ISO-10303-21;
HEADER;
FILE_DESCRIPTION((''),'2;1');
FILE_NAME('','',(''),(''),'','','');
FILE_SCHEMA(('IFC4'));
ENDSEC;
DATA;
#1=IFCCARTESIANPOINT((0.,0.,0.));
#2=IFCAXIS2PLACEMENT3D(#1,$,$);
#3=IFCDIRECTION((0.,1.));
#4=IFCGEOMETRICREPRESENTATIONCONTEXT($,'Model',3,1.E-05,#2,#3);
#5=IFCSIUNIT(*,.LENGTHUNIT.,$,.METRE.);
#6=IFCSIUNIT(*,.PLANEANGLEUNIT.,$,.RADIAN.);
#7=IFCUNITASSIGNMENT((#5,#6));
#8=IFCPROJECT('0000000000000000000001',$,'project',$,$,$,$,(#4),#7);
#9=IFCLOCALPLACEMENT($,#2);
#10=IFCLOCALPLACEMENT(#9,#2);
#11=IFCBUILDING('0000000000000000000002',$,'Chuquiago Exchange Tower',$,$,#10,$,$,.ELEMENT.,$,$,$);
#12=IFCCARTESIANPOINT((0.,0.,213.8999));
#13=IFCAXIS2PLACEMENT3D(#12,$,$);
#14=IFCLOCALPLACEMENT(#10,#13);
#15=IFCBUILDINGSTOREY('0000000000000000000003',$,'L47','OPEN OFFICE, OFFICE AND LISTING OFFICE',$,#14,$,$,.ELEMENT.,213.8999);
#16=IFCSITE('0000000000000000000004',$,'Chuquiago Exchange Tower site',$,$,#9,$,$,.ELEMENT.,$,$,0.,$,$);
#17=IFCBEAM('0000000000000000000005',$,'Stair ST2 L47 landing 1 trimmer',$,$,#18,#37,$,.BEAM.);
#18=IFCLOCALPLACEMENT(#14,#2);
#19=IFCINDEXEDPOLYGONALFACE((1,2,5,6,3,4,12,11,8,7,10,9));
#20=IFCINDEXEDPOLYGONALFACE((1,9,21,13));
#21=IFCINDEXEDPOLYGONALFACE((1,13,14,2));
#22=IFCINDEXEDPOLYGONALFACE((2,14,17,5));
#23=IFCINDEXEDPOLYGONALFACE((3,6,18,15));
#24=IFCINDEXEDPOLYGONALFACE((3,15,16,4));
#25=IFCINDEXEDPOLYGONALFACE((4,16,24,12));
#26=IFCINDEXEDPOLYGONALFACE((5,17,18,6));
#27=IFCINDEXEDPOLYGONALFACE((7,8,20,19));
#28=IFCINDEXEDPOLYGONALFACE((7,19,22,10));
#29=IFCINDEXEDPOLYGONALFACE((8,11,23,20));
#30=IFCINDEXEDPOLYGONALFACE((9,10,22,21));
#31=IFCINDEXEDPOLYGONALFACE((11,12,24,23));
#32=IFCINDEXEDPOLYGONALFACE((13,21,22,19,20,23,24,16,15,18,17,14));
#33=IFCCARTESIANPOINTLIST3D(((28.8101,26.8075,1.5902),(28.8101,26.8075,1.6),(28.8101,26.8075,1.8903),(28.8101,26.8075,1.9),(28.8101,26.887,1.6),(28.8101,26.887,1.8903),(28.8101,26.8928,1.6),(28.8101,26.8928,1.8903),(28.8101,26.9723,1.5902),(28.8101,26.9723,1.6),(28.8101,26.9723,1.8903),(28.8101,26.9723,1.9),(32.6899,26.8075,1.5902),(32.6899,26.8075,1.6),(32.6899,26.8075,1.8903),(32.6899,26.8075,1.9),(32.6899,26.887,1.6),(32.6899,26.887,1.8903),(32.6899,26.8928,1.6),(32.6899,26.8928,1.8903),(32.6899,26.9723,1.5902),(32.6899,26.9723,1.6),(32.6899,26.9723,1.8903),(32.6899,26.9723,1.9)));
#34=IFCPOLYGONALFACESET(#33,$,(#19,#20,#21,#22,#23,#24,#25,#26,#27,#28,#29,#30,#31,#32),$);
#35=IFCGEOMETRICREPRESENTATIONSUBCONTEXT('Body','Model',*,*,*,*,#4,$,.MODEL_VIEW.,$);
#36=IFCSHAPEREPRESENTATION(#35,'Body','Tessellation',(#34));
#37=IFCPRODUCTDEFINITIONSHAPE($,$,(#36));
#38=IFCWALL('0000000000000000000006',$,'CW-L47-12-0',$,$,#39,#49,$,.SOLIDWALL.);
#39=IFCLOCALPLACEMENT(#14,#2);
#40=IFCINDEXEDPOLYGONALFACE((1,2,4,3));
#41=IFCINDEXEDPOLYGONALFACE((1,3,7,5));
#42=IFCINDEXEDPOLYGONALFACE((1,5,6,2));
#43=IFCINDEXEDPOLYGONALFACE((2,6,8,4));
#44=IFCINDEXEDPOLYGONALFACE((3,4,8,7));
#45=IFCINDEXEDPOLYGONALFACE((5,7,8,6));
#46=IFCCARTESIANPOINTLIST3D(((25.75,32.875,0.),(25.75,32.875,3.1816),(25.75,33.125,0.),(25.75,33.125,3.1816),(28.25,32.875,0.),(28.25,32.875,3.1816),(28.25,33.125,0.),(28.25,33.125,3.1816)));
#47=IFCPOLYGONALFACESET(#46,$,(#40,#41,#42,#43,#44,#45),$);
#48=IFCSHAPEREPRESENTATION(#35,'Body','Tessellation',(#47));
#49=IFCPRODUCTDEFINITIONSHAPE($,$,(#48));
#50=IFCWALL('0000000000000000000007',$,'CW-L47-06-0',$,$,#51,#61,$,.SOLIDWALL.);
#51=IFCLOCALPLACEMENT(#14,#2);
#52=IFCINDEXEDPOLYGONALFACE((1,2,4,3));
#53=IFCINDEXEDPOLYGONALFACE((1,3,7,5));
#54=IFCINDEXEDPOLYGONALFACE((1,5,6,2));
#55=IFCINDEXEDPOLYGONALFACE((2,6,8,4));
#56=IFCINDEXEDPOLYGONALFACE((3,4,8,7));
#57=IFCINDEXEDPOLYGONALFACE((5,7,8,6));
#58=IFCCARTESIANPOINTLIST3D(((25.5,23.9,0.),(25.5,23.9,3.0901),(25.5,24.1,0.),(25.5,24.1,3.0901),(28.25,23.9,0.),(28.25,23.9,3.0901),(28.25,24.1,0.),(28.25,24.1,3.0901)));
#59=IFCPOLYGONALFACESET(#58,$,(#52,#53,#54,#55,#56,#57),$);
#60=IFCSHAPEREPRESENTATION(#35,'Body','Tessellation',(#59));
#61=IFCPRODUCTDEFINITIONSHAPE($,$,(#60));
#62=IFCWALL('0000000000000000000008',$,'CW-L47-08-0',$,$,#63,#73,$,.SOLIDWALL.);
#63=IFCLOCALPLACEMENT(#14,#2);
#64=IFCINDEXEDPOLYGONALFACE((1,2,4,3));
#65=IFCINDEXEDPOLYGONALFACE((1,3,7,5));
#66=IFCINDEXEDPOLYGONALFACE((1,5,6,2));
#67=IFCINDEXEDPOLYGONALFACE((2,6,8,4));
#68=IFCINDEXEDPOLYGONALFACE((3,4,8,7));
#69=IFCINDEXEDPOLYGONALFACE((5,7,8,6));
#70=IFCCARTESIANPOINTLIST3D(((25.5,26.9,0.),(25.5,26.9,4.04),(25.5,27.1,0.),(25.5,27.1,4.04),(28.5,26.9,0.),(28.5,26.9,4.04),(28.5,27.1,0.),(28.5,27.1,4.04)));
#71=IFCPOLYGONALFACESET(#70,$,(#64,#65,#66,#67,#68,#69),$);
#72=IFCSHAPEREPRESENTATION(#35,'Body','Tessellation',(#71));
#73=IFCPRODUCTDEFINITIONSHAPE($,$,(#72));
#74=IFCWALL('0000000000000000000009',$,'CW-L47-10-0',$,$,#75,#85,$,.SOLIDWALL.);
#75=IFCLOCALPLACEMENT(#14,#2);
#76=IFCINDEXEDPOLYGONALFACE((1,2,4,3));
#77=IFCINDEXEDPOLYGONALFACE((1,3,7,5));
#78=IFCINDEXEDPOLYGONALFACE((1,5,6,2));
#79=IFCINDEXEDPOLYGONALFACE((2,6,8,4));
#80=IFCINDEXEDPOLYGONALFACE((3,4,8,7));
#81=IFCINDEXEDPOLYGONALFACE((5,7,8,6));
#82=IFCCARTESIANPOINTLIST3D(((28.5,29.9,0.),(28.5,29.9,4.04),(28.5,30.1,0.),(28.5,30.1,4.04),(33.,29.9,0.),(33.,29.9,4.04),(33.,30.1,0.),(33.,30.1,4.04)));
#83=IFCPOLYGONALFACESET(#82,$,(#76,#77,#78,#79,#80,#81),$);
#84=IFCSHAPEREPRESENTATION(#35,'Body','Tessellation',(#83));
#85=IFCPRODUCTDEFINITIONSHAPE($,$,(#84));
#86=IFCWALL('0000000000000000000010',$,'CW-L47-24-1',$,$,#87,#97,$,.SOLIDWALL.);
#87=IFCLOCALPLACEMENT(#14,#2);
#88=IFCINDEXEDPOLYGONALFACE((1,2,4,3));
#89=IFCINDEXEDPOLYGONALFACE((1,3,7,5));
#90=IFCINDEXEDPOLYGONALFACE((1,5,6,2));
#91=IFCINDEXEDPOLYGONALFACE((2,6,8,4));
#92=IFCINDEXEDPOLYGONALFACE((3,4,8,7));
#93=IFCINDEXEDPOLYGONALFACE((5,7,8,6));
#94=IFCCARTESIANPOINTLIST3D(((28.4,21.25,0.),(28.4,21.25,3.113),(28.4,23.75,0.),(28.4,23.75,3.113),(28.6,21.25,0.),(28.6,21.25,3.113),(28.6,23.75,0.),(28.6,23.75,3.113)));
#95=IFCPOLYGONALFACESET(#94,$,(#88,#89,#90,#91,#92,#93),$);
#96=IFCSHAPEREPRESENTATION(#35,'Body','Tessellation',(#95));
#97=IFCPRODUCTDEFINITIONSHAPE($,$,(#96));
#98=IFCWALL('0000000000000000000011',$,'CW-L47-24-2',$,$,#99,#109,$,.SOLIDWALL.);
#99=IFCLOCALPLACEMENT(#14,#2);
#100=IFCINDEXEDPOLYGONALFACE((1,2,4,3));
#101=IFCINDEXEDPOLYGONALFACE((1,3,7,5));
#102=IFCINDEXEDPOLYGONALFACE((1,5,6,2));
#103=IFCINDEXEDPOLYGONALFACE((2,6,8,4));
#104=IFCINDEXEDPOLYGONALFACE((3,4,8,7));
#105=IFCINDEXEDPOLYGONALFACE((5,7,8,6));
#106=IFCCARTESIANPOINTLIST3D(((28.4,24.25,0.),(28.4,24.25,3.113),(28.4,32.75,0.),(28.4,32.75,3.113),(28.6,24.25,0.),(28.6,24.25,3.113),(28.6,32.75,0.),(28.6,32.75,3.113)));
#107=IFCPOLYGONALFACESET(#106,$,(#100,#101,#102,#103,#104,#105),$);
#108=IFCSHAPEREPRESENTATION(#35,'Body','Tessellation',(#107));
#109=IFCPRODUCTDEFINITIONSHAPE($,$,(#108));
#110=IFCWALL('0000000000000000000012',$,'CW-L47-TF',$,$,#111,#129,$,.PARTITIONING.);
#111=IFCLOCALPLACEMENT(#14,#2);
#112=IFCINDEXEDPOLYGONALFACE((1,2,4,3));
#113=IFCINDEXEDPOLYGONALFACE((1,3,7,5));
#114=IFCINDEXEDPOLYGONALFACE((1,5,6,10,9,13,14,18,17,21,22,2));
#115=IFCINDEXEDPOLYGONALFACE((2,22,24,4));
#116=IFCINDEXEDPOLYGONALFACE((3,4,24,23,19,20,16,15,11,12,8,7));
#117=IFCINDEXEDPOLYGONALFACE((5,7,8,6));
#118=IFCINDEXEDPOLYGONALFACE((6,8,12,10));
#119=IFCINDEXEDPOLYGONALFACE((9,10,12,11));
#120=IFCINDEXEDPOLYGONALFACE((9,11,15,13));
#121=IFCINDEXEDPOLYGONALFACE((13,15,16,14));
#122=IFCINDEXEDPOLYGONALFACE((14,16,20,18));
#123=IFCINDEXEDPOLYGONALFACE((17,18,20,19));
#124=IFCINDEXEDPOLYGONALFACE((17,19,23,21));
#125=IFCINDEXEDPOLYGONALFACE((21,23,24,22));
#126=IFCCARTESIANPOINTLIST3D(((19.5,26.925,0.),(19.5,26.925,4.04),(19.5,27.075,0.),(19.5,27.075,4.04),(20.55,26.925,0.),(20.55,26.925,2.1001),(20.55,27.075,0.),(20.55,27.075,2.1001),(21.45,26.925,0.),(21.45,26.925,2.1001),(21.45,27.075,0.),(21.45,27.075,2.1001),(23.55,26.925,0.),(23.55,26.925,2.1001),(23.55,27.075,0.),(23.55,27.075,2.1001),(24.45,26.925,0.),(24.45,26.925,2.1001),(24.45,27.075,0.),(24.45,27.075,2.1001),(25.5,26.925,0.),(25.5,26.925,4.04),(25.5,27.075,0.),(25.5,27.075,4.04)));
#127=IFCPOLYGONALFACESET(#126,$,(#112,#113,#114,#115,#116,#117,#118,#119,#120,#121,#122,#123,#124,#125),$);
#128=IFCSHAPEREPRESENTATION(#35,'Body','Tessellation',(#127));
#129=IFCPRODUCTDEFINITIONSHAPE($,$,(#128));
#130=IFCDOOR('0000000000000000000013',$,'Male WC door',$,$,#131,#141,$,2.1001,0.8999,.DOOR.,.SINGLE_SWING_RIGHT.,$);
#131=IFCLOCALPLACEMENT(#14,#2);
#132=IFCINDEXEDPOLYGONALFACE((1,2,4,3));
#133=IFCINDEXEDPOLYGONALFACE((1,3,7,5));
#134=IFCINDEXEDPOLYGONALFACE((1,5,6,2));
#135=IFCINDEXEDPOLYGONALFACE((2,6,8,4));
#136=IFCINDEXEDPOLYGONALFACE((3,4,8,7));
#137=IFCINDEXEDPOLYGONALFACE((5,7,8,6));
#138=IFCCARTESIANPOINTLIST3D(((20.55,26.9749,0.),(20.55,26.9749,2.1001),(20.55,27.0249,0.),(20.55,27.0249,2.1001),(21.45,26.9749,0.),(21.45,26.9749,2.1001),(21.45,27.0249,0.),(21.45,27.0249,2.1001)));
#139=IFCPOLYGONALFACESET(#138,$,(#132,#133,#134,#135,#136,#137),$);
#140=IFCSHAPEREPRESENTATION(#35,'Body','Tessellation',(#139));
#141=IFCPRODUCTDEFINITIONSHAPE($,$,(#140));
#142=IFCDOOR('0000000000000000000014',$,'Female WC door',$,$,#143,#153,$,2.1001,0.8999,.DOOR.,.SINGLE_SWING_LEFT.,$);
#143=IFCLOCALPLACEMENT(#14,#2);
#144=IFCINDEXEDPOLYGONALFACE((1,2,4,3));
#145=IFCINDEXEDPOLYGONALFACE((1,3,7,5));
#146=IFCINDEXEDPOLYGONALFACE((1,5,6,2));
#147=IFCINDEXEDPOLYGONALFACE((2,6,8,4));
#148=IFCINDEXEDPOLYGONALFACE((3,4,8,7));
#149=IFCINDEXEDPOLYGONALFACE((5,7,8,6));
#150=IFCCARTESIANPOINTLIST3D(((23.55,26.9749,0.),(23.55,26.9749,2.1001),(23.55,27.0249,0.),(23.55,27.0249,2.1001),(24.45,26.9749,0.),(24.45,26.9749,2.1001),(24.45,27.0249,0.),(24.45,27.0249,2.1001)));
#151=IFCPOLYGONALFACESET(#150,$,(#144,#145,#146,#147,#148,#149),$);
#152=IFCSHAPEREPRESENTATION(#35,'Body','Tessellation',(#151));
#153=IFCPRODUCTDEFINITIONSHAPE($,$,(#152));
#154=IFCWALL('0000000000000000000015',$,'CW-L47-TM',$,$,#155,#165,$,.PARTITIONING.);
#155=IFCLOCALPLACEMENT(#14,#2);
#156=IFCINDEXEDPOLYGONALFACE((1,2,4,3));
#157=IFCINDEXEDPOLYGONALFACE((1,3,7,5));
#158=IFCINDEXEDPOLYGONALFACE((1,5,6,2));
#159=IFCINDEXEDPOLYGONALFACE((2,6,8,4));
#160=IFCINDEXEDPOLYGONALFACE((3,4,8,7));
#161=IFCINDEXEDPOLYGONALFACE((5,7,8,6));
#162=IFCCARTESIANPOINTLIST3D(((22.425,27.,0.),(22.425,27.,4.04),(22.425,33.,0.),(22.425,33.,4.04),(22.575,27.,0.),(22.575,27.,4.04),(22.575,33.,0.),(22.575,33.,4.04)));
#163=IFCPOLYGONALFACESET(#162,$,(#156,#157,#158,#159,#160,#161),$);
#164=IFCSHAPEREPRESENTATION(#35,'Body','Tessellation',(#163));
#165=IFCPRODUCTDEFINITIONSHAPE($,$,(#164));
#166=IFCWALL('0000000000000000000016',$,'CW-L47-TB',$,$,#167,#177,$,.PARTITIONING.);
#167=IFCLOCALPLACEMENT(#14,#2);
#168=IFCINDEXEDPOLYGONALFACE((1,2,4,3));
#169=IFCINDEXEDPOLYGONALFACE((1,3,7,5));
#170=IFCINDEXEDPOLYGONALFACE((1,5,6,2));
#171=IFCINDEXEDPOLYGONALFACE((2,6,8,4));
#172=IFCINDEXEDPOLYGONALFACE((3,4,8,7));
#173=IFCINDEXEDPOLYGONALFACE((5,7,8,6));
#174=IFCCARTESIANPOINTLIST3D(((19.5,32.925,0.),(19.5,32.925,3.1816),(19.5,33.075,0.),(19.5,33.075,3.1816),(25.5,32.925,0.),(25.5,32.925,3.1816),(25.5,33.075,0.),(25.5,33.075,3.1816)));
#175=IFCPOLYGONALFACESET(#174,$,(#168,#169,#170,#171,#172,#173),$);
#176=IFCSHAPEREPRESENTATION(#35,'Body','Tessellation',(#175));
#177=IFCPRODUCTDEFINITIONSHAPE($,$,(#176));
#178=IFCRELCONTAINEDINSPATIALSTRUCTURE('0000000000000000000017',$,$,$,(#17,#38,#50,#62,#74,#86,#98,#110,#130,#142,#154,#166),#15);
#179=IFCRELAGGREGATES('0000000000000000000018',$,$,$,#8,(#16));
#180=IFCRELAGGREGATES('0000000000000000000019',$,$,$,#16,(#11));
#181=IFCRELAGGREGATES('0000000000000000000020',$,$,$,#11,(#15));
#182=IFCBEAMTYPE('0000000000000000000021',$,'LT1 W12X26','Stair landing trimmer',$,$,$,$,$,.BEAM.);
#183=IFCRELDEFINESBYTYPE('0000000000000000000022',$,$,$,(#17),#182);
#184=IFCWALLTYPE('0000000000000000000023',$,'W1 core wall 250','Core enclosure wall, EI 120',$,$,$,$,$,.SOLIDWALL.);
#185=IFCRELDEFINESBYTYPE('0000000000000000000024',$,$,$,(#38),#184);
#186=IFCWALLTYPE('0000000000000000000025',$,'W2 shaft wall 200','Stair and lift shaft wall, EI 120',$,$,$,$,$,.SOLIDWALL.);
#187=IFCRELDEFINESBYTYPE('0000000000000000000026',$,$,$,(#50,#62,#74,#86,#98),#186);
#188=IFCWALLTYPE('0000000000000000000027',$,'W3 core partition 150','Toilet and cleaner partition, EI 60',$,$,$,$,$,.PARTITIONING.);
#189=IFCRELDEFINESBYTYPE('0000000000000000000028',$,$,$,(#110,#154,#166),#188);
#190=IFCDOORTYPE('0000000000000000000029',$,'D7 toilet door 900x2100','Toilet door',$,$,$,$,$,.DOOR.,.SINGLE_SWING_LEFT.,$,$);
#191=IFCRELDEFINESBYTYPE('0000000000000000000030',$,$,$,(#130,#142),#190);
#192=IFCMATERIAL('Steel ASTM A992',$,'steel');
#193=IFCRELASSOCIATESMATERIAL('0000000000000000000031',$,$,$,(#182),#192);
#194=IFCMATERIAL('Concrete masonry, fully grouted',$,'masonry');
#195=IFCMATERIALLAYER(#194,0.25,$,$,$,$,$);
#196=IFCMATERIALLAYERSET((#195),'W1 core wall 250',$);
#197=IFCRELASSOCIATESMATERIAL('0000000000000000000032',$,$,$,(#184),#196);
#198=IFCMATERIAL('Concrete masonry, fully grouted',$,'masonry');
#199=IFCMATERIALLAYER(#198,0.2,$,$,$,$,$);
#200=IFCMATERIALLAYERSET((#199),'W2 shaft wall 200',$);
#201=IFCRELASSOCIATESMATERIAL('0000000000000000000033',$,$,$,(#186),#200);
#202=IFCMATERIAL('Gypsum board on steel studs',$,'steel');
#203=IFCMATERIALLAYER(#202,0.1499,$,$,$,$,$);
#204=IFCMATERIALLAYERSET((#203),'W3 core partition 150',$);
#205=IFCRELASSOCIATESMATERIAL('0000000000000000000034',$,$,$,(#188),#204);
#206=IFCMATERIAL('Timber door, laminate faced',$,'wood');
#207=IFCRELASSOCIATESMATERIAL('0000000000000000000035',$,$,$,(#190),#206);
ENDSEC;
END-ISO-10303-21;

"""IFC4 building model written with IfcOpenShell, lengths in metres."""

from ifc_helpers import new_model, si_unit, direction, frame, frame_2d, origin, origin_2d, place, context, subcontext, project, spatial, rectangle, i_section, extrude, material, layer, layer_set, material_profile, profile_set, type_object, element, fill, save


model = new_model("IFC4")

# Units and contexts
model_context = context("Model", 3, precision=1e-05, world=origin(), true_north=direction((0.0, 1.0)))
body_context = subcontext(model_context, "Body", "Model", "MODEL_VIEW")
ifc_project = project(units=[si_unit("LENGTHUNIT", "METRE"), si_unit("PLANEANGLEUNIT", "RADIAN")], contexts=[model_context])

# Site, building, storey
site_placement = place(None, origin())
site = spatial("IfcSite", under=ifc_project, at=site_placement, Name="Chuquiago Exchange Tower site", CompositionType="ELEMENT", RefElevation=0.0)
building_placement = place(site_placement, origin())
building = spatial("IfcBuilding", under=site, at=building_placement, Name="Chuquiago Exchange Tower", CompositionType="ELEMENT")
storey_placement = place(building_placement, frame((0.0, 0.0, 213.8999)))
storey = spatial("IfcBuildingStorey", under=building, at=storey_placement, Name="L47", Description="OPEN OFFICE, OFFICE AND LISTING OFFICE", CompositionType="ELEMENT", Elevation=213.8999)

# Beam
ifc_material_1 = material(Name="Steel ASTM A992", Category="steel")
ifc_material_profile_1 = material_profile(ifc_material_1, i_section(OverallWidth=0.1648, OverallDepth=0.3098, WebThickness=0.0059, FlangeThickness=0.0098, at=origin_2d()), Name="W12X26")
ifc_profile_set_1 = profile_set([ifc_material_profile_1], Name="Steel ASTM A992")
beam_type_1 = type_object("IfcBeamType", Name="LT1 W12X26", Description="Stair landing trimmer", PredefinedType="BEAM", material=ifc_profile_set_1)
for number, where, z_axis, x_axis, name in (
    (1, (28.8101, 26.8899, 1.7451), (1.0, 0.0, 0.0), (0.0, 1.0, 0.0), "Stair ST2 L47 landing 1 trimmer"),
):
    element("IfcBeam", number, at=place(storey_placement, frame(where, z_axis=z_axis, x_axis=x_axis)), inside=storey, type_object=beam_type_1, Name=name, PredefinedType="BEAM", context=body_context, shape_type="SweptSolid", body=[
        extrude(i_section(OverallWidth=0.1648, OverallDepth=0.3098, WebThickness=0.0059, FlangeThickness=0.0098, at=origin_2d()), origin(), (0.0, 0.0, 1.0), 3.8799),
    ])

# Walls
ifc_material_2 = material(Name="Concrete masonry, fully grouted", Category="masonry")
ifc_layer_1 = layer(ifc_material_2, 0.25)
ifc_layer_set_1 = layer_set([ifc_layer_1], Name="W1 core wall 250")
wall_type_1 = type_object("IfcWallType", Name="W1 core wall 250", Description="Core enclosure wall, EI 120", PredefinedType="SOLIDWALL", material=ifc_layer_set_1)
wall_1_placement = place(storey_placement, frame((25.75, 33.0, 0.0), z_axis=(0.0, 0.0, 1.0), x_axis=(1.0, 0.0, 0.0)))
element("IfcWall", 2, at=wall_1_placement, inside=storey, type_object=wall_type_1, Name="CW-L47-12-0", PredefinedType="SOLIDWALL", context=body_context, shape_type="SweptSolid", body=[
    extrude(rectangle(XDim=2.5, YDim=0.25, at=frame_2d((1.25, 0.0))), origin(), (0.0, 0.0, 1.0), 3.1816),
])
ifc_material_3 = material(Name="Concrete masonry, fully grouted", Category="masonry")
ifc_layer_2 = layer(ifc_material_3, 0.2)
ifc_layer_set_2 = layer_set([ifc_layer_2], Name="W2 shaft wall 200")
wall_type_2 = type_object("IfcWallType", Name="W2 shaft wall 200", Description="Stair and lift shaft wall, EI 120", PredefinedType="SOLIDWALL", material=ifc_layer_set_2)
wall_2_placement = place(storey_placement, frame((25.5, 24.0, 0.0), z_axis=(0.0, 0.0, 1.0), x_axis=(1.0, 0.0, 0.0)))
element("IfcWall", 3, at=wall_2_placement, inside=storey, type_object=wall_type_2, Name="CW-L47-06-0", PredefinedType="SOLIDWALL", context=body_context, shape_type="SweptSolid", body=[
    extrude(rectangle(XDim=2.75, YDim=0.2, at=frame_2d((1.375, 0.0))), origin(), (0.0, 0.0, 1.0), 3.0901),
])
wall_3_placement = place(storey_placement, frame((25.5, 27.0, 0.0), z_axis=(0.0, 0.0, 1.0), x_axis=(1.0, 0.0, 0.0)))
element("IfcWall", 4, at=wall_3_placement, inside=storey, type_object=wall_type_2, Name="CW-L47-08-0", PredefinedType="SOLIDWALL", context=body_context, shape_type="SweptSolid", body=[
    extrude(rectangle(XDim=3.0, YDim=0.2, at=frame_2d((1.5, 0.0))), origin(), (0.0, 0.0, 1.0), 4.04),
])
wall_4_placement = place(storey_placement, frame((28.5, 30.0, 0.0), z_axis=(0.0, 0.0, 1.0), x_axis=(1.0, 0.0, 0.0)))
element("IfcWall", 5, at=wall_4_placement, inside=storey, type_object=wall_type_2, Name="CW-L47-10-0", PredefinedType="SOLIDWALL", context=body_context, shape_type="SweptSolid", body=[
    extrude(rectangle(XDim=4.5, YDim=0.2, at=frame_2d((2.25, 0.0))), origin(), (0.0, 0.0, 1.0), 4.04),
])
wall_5_placement = place(storey_placement, frame((28.5, 21.25, 0.0), z_axis=(0.0, 0.0, 1.0), x_axis=(0.0, 1.0, 0.0)))
element("IfcWall", 6, at=wall_5_placement, inside=storey, type_object=wall_type_2, Name="CW-L47-24-1", PredefinedType="SOLIDWALL", context=body_context, shape_type="SweptSolid", body=[
    extrude(rectangle(XDim=2.5, YDim=0.2, at=frame_2d((1.25, 0.0))), origin(), (0.0, 0.0, 1.0), 3.113),
])
wall_6_placement = place(storey_placement, frame((28.5, 24.25, 0.0), z_axis=(0.0, 0.0, 1.0), x_axis=(0.0, 1.0, 0.0)))
element("IfcWall", 7, at=wall_6_placement, inside=storey, type_object=wall_type_2, Name="CW-L47-24-2", PredefinedType="SOLIDWALL", context=body_context, shape_type="SweptSolid", body=[
    extrude(rectangle(XDim=8.5, YDim=0.2, at=frame_2d((4.25, 0.0))), origin(), (0.0, 0.0, 1.0), 3.113),
])

# Wall, openings, doors
ifc_material_4 = material(Name="Gypsum board on steel studs", Category="steel")
ifc_layer_3 = layer(ifc_material_4, 0.1499)
ifc_layer_set_3 = layer_set([ifc_layer_3], Name="W3 core partition 150")
wall_type_3 = type_object("IfcWallType", Name="W3 core partition 150", Description="Toilet and cleaner partition, EI 60", PredefinedType="PARTITIONING", material=ifc_layer_set_3)
wall_7_placement = place(storey_placement, frame((19.5, 27.0, 0.0), z_axis=(0.0, 0.0, 1.0), x_axis=(1.0, 0.0, 0.0)))
wall_7 = element("IfcWall", 8, at=wall_7_placement, inside=storey, type_object=wall_type_3, Name="CW-L47-TF", PredefinedType="PARTITIONING", context=body_context, shape_type="SweptSolid", body=[
    extrude(rectangle(XDim=6.0, YDim=0.1499, at=frame_2d((3.0, 0.0))), origin(), (0.0, 0.0, 1.0), 4.04),
])
opening_1_placement = place(wall_7_placement, frame((1.05, 0.0, 0.0)))
opening_1 = element("IfcOpeningElement", 9, at=opening_1_placement, cuts=wall_7, PredefinedType="OPENING", context=body_context, shape_type="SweptSolid", body=[
    extrude(rectangle(XDim=0.8999, YDim=2.1001, at=frame_2d((0.45, 1.05))), frame((0.0, 0.085, 0.0), z_axis=(0.0, -1.0, 0.0), x_axis=(1.0, 0.0, 0.0)), (0.0, 0.0, 1.0), 0.1699),
])
opening_2_placement = place(wall_7_placement, frame((4.05, 0.0, 0.0)))
opening_2 = element("IfcOpeningElement", 10, at=opening_2_placement, cuts=wall_7, PredefinedType="OPENING", context=body_context, shape_type="SweptSolid", body=[
    extrude(rectangle(XDim=0.8999, YDim=2.1001, at=frame_2d((0.45, 1.05))), frame((0.0, 0.085, 0.0), z_axis=(0.0, -1.0, 0.0), x_axis=(1.0, 0.0, 0.0)), (0.0, 0.0, 1.0), 0.1699),
])
ifc_material_5 = material(Name="Timber door, laminate faced", Category="wood")
door_type = type_object("IfcDoorType", Name="D7 toilet door 900x2100", Description="Toilet door", OperationType="SINGLE_SWING_LEFT", PredefinedType="DOOR", material=ifc_material_5)
door_1_placement = place(opening_1_placement, origin())
door_1 = element("IfcDoor", 11, at=door_1_placement, inside=storey, type_object=door_type, Name="Male WC door", OperationType="SINGLE_SWING_RIGHT", OverallHeight=2.1001, OverallWidth=0.8999, PredefinedType="DOOR", context=body_context, shape_type="SweptSolid", body=[
    extrude(rectangle(XDim=0.8999, YDim=2.1001, at=frame_2d((0.45, 1.05))), frame((0.0, 0.0249, 0.0), z_axis=(0.0, -1.0, 0.0), x_axis=(1.0, 0.0, 0.0)), (0.0, 0.0, 1.0), 0.05),
])
fill(opening_1, door_1)
door_2_placement = place(opening_2_placement, origin())
door_2 = element("IfcDoor", 12, at=door_2_placement, inside=storey, type_object=door_type, Name="Female WC door", OperationType="SINGLE_SWING_LEFT", OverallHeight=2.1001, OverallWidth=0.8999, PredefinedType="DOOR", context=body_context, shape_type="SweptSolid", body=[
    extrude(rectangle(XDim=0.8999, YDim=2.1001, at=frame_2d((0.45, 1.05))), frame((0.0, 0.0249, 0.0), z_axis=(0.0, -1.0, 0.0), x_axis=(1.0, 0.0, 0.0)), (0.0, 0.0, 1.0), 0.05),
])
fill(opening_2, door_2)

# Walls
wall_8_placement = place(storey_placement, frame((22.5, 27.0, 0.0), z_axis=(0.0, 0.0, 1.0), x_axis=(0.0, 1.0, 0.0)))
element("IfcWall", 13, at=wall_8_placement, inside=storey, type_object=wall_type_3, Name="CW-L47-TM", PredefinedType="PARTITIONING", context=body_context, shape_type="SweptSolid", body=[
    extrude(rectangle(XDim=6.0, YDim=0.1499, at=frame_2d((3.0, 0.0))), origin(), (0.0, 0.0, 1.0), 4.04),
])
wall_9_placement = place(storey_placement, frame((19.5, 33.0, 0.0), z_axis=(0.0, 0.0, 1.0), x_axis=(1.0, 0.0, 0.0)))
element("IfcWall", 14, at=wall_9_placement, inside=storey, type_object=wall_type_3, Name="CW-L47-TB", PredefinedType="PARTITIONING", context=body_context, shape_type="SweptSolid", body=[
    extrude(rectangle(XDim=6.0, YDim=0.1499, at=frame_2d((3.0, 0.0))), origin(), (0.0, 0.0, 1.0), 3.1816),
])

save(model, "model.ifc")
